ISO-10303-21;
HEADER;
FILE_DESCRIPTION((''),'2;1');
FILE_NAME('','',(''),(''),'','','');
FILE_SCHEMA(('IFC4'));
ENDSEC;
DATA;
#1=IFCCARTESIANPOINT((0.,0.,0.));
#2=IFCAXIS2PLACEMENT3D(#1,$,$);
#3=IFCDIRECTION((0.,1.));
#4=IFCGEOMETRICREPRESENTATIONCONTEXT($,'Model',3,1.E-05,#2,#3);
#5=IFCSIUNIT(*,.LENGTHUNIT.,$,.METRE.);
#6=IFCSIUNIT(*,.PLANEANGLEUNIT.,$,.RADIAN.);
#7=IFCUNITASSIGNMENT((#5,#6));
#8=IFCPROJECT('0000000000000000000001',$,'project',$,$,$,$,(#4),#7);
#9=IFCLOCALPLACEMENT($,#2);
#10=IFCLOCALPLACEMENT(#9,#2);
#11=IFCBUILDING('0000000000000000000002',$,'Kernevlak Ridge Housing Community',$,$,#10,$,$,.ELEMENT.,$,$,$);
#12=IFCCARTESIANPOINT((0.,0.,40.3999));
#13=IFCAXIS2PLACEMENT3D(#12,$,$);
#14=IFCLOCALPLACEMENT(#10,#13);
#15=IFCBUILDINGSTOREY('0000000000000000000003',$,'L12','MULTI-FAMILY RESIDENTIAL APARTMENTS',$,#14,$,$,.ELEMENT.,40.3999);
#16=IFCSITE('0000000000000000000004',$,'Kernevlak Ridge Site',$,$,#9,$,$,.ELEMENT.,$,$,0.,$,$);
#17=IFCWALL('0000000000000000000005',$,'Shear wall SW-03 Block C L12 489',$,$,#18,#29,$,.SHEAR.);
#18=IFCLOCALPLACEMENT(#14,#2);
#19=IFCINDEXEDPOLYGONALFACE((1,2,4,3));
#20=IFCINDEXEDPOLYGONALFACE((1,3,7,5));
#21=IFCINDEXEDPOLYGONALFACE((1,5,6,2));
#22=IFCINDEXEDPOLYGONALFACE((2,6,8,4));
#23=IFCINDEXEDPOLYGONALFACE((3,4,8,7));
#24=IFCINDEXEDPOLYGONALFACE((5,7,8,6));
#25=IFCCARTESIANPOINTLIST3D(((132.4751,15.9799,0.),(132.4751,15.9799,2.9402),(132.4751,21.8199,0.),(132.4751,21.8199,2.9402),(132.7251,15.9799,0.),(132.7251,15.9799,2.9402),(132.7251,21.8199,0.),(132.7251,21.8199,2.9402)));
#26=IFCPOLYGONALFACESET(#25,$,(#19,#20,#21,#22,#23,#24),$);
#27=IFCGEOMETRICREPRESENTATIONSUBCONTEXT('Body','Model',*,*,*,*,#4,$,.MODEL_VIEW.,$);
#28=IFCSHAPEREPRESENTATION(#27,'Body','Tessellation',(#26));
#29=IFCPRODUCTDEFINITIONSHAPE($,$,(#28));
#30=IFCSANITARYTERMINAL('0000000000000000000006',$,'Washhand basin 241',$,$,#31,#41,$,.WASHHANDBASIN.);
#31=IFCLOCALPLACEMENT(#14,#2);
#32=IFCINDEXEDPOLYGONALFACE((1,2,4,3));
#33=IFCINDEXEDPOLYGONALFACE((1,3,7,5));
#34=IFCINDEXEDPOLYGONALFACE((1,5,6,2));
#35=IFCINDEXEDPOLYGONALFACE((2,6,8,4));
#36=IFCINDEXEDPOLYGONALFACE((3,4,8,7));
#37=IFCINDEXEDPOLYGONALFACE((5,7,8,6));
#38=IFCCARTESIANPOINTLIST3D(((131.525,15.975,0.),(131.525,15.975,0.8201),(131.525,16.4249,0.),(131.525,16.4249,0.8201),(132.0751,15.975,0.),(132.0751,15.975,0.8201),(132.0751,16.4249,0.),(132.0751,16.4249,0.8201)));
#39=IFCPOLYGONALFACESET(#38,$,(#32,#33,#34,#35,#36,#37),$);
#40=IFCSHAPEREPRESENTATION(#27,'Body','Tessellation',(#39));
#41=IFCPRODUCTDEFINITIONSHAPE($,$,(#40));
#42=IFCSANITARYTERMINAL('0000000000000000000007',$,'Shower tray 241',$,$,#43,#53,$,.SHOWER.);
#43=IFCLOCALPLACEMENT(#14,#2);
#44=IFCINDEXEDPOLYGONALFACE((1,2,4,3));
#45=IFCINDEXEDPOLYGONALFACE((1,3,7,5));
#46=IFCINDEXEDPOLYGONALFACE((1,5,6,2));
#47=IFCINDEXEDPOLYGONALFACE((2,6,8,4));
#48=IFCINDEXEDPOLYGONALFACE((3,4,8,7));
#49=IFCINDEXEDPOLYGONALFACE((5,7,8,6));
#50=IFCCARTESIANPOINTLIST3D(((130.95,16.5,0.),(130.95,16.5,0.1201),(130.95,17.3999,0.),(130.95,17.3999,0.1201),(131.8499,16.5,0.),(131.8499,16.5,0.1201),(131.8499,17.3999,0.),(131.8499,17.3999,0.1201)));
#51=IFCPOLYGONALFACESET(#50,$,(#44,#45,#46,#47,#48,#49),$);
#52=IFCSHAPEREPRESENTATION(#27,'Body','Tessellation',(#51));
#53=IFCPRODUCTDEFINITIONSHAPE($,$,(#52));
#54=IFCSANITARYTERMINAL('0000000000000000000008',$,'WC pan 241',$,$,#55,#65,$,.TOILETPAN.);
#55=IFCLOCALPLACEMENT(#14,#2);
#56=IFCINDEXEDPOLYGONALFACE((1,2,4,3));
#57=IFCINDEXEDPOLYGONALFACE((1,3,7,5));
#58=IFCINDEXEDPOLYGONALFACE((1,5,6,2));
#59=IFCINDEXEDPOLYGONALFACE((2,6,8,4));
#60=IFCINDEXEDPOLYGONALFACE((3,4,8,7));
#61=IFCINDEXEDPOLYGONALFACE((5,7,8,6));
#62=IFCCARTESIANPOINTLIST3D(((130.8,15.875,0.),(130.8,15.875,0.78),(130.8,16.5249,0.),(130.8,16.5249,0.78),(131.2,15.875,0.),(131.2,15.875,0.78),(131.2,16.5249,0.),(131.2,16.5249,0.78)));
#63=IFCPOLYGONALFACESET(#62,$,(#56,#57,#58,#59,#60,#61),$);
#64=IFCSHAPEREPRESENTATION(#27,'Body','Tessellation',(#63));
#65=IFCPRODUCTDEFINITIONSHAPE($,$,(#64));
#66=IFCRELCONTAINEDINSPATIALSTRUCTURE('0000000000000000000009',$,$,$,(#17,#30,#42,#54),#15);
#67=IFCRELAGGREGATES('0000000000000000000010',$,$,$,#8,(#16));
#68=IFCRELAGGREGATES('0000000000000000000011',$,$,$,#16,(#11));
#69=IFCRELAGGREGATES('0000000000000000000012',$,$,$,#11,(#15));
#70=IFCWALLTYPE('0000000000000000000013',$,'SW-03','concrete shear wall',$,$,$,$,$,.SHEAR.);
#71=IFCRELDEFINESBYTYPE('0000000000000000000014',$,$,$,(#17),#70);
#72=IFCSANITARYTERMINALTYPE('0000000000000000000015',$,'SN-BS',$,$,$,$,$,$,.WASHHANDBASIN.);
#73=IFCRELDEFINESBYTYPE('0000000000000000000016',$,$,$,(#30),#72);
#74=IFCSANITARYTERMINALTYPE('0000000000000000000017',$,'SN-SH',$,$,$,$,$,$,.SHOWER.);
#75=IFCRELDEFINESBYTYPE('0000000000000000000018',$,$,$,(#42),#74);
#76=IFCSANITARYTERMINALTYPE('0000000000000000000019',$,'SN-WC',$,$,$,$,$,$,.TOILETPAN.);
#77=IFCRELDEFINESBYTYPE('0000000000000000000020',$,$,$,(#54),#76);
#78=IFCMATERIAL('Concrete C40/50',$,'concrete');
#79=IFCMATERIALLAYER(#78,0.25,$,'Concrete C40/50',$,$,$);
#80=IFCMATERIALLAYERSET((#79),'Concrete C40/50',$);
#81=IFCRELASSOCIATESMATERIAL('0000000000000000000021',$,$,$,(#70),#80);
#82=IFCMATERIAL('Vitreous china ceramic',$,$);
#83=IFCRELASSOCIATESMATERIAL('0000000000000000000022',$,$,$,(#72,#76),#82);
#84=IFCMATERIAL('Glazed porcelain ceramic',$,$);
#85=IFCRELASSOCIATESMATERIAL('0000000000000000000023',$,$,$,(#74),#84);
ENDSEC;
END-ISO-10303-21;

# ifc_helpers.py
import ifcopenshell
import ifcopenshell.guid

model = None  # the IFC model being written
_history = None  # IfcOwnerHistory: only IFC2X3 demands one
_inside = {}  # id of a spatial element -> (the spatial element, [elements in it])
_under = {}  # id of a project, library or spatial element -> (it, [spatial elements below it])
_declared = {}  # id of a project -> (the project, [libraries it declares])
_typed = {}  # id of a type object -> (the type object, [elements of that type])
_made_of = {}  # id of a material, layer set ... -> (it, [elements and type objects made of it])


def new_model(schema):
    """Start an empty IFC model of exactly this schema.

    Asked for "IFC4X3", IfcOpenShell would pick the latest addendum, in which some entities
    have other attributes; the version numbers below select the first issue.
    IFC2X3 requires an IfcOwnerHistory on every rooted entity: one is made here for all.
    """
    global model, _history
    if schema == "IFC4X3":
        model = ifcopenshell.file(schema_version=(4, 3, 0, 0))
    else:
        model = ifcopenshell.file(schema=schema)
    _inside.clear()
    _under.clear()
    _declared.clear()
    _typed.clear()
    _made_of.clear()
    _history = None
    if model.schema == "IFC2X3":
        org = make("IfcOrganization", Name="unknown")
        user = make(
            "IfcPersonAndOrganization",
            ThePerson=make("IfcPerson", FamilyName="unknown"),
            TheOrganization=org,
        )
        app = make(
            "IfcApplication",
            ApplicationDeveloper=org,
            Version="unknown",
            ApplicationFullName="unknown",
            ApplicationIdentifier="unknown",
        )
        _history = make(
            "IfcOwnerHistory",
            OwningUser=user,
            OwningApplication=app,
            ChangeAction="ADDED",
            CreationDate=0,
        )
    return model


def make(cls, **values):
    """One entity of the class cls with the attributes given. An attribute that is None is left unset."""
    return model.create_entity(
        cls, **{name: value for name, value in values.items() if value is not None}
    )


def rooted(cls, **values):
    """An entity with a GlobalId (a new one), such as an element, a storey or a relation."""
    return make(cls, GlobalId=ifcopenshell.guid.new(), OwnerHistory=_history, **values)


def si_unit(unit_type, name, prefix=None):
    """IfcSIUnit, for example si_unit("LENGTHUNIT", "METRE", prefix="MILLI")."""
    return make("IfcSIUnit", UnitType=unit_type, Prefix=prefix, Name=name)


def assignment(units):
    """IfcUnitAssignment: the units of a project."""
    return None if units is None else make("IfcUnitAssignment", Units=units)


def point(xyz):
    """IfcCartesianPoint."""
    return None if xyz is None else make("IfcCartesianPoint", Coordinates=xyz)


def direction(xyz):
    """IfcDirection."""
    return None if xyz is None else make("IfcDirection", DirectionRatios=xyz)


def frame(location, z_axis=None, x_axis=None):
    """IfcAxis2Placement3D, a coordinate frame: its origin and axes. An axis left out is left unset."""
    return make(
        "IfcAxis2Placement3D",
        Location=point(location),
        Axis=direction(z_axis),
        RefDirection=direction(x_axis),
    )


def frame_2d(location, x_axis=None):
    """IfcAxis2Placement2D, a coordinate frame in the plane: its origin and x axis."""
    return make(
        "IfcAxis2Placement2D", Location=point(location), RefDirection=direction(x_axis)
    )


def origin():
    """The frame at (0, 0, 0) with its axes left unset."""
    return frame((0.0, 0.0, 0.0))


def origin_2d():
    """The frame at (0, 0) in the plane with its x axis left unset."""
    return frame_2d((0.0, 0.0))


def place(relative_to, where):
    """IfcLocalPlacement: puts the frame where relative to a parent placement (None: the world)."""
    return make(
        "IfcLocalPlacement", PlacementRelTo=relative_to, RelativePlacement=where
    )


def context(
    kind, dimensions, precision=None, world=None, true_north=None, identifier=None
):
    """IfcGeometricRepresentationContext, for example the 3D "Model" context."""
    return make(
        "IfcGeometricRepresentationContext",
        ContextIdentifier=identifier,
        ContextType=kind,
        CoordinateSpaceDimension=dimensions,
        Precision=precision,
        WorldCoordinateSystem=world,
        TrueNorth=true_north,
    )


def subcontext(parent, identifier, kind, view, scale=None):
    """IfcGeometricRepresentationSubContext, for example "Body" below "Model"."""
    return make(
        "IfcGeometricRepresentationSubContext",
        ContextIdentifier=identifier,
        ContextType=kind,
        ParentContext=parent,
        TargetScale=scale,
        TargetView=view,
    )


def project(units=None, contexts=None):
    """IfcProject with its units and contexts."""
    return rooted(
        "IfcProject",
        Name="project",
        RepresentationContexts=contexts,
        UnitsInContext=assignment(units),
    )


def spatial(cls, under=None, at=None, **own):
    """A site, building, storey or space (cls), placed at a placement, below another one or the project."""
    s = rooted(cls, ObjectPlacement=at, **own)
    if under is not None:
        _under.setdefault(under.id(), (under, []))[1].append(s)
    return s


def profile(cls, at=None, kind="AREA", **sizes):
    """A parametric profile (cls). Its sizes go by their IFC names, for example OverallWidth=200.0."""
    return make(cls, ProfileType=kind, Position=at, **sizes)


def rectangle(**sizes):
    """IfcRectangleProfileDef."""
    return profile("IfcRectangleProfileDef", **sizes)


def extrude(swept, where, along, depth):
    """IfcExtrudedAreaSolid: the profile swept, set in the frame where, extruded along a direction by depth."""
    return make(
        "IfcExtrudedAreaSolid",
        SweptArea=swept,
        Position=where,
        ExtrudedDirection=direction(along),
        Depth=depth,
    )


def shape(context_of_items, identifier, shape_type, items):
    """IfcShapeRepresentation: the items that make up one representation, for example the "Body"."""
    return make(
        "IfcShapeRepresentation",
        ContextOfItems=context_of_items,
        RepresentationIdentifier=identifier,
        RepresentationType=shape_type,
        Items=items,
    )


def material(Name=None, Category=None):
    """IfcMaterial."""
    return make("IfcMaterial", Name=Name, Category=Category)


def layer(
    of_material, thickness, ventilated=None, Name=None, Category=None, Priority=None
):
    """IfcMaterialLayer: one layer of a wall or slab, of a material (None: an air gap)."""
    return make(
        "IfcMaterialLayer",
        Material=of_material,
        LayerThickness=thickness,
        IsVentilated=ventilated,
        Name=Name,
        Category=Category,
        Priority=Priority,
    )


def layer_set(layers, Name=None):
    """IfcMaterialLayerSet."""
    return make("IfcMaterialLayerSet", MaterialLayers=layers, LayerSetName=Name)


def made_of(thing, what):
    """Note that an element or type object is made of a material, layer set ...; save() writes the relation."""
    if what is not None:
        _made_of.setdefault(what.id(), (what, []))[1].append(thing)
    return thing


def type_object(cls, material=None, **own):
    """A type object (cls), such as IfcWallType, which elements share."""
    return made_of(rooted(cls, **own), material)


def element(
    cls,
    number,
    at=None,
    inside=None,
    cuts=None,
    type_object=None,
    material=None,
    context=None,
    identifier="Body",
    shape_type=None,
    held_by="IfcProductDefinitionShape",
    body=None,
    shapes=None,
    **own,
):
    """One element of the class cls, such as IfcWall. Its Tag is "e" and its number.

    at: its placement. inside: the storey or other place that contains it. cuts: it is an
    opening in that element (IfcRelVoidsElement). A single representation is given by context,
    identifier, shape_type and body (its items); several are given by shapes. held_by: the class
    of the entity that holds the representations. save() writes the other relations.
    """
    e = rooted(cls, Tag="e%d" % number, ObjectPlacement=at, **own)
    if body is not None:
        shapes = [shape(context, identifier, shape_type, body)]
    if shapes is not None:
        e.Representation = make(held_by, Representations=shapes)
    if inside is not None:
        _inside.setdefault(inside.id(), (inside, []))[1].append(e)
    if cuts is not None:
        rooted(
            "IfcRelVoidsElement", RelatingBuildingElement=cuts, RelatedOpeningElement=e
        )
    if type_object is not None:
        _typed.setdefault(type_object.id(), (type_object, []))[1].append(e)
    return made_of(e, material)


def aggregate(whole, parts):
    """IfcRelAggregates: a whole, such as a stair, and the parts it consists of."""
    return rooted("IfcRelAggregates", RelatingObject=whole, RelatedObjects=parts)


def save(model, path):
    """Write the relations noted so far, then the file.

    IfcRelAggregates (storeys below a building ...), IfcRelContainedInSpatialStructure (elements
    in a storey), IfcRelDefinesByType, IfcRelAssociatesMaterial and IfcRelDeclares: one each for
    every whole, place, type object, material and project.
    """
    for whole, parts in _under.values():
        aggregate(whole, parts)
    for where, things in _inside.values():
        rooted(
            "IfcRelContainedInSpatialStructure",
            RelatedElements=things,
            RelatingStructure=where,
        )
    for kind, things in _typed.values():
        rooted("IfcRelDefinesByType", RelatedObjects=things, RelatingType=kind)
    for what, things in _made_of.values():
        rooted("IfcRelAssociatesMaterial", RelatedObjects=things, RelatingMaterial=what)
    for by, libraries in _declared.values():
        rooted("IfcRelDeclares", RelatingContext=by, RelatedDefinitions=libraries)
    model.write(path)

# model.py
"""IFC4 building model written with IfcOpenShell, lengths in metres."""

from ifc_helpers import new_model, si_unit, direction, frame, frame_2d, origin, origin_2d, place, context, subcontext, project, spatial, rectangle, extrude, material, layer, layer_set, type_object, element, save


model = new_model("IFC4")

# Units and contexts
model_context = context("Model", 3, precision=1e-05, world=origin(), true_north=direction((0.0, 1.0)))
body_context = subcontext(model_context, "Body", "Model", "MODEL_VIEW")
ifc_project = project(units=[si_unit("LENGTHUNIT", "METRE"), si_unit("PLANEANGLEUNIT", "RADIAN")], contexts=[model_context])

# Site, building, storey
site_placement = place(None, origin())
site = spatial("IfcSite", under=ifc_project, at=site_placement, Name="Kernevlak Ridge Site", CompositionType="ELEMENT", RefElevation=0.0)
building_placement = place(site_placement, origin())
building = spatial("IfcBuilding", under=site, at=building_placement, Name="Kernevlak Ridge Housing Community", CompositionType="ELEMENT")
storey_placement = place(building_placement, frame((0.0, 0.0, 40.3999)))
storey = spatial("IfcBuildingStorey", under=building, at=storey_placement, Name="L12", Description="MULTI-FAMILY RESIDENTIAL APARTMENTS", CompositionType="ELEMENT", Elevation=40.3999)

# Wall
ifc_material_1 = material(Name="Concrete C40/50", Category="concrete")
ifc_layer_1 = layer(ifc_material_1, 0.25, Name="Concrete C40/50")
ifc_layer_set_1 = layer_set([ifc_layer_1], Name="Concrete C40/50")
wall_type_1 = type_object("IfcWallType", Name="SW-03", Description="concrete shear wall", PredefinedType="SHEAR", material=ifc_layer_set_1)
wall_1_placement = place(storey_placement, frame((132.6001, 15.98, 0.0), z_axis=(0.0, 0.0, 1.0), x_axis=(0.0, 1.0, 0.0)))
element("IfcWall", 1, at=wall_1_placement, inside=storey, type_object=wall_type_1, Name="Shear wall SW-03 Block C L12 489", PredefinedType="SHEAR", context=body_context, shape_type="SweptSolid", body=[
    extrude(rectangle(XDim=5.8401, YDim=0.25, at=frame_2d((2.9199, 0.0))), origin(), (0.0, 0.0, 1.0), 2.9402),
])

# Sanitary terminals
ifc_material_2 = material(Name="Vitreous china ceramic")
sanitary_terminal_type_1 = type_object("IfcSanitaryTerminalType", Name="SN-BS", PredefinedType="WASHHANDBASIN", material=ifc_material_2)
sanitary_terminal_1_placement = place(storey_placement, frame((131.8, 16.2, 0.0), z_axis=(0.0, 0.0, 1.0), x_axis=(1.0, 0.0, 0.0)))
element("IfcSanitaryTerminal", 2, at=sanitary_terminal_1_placement, inside=storey, type_object=sanitary_terminal_type_1, Name="Washhand basin 241", PredefinedType="WASHHANDBASIN", context=body_context, shape_type="SweptSolid", body=[
    extrude(rectangle(XDim=0.55, YDim=0.45, at=origin_2d()), origin(), (0.0, 0.0, 1.0), 0.8201),
])
ifc_material_3 = material(Name="Glazed porcelain ceramic")
sanitary_terminal_type_2 = type_object("IfcSanitaryTerminalType", Name="SN-SH", PredefinedType="SHOWER", material=ifc_material_3)
sanitary_terminal_2_placement = place(storey_placement, frame((131.3999, 16.95, 0.0), z_axis=(0.0, 0.0, 1.0), x_axis=(1.0, 0.0, 0.0)))
element("IfcSanitaryTerminal", 3, at=sanitary_terminal_2_placement, inside=storey, type_object=sanitary_terminal_type_2, Name="Shower tray 241", PredefinedType="SHOWER", context=body_context, shape_type="SweptSolid", body=[
    extrude(rectangle(XDim=0.8999, YDim=0.8999, at=origin_2d()), origin(), (0.0, 0.0, 1.0), 0.1201),
])
sanitary_terminal_type_3 = type_object("IfcSanitaryTerminalType", Name="SN-WC", PredefinedType="TOILETPAN", material=ifc_material_2)
sanitary_terminal_3_placement = place(storey_placement, frame((131.0, 16.2, 0.0), z_axis=(0.0, 0.0, 1.0), x_axis=(1.0, 0.0, 0.0)))
element("IfcSanitaryTerminal", 4, at=sanitary_terminal_3_placement, inside=storey, type_object=sanitary_terminal_type_3, Name="WC pan 241", PredefinedType="TOILETPAN", context=body_context, shape_type="SweptSolid", body=[
    extrude(rectangle(XDim=0.3999, YDim=0.6499, at=origin_2d()), origin(), (0.0, 0.0, 1.0), 0.78),
])

save(model, "model.ifc")
